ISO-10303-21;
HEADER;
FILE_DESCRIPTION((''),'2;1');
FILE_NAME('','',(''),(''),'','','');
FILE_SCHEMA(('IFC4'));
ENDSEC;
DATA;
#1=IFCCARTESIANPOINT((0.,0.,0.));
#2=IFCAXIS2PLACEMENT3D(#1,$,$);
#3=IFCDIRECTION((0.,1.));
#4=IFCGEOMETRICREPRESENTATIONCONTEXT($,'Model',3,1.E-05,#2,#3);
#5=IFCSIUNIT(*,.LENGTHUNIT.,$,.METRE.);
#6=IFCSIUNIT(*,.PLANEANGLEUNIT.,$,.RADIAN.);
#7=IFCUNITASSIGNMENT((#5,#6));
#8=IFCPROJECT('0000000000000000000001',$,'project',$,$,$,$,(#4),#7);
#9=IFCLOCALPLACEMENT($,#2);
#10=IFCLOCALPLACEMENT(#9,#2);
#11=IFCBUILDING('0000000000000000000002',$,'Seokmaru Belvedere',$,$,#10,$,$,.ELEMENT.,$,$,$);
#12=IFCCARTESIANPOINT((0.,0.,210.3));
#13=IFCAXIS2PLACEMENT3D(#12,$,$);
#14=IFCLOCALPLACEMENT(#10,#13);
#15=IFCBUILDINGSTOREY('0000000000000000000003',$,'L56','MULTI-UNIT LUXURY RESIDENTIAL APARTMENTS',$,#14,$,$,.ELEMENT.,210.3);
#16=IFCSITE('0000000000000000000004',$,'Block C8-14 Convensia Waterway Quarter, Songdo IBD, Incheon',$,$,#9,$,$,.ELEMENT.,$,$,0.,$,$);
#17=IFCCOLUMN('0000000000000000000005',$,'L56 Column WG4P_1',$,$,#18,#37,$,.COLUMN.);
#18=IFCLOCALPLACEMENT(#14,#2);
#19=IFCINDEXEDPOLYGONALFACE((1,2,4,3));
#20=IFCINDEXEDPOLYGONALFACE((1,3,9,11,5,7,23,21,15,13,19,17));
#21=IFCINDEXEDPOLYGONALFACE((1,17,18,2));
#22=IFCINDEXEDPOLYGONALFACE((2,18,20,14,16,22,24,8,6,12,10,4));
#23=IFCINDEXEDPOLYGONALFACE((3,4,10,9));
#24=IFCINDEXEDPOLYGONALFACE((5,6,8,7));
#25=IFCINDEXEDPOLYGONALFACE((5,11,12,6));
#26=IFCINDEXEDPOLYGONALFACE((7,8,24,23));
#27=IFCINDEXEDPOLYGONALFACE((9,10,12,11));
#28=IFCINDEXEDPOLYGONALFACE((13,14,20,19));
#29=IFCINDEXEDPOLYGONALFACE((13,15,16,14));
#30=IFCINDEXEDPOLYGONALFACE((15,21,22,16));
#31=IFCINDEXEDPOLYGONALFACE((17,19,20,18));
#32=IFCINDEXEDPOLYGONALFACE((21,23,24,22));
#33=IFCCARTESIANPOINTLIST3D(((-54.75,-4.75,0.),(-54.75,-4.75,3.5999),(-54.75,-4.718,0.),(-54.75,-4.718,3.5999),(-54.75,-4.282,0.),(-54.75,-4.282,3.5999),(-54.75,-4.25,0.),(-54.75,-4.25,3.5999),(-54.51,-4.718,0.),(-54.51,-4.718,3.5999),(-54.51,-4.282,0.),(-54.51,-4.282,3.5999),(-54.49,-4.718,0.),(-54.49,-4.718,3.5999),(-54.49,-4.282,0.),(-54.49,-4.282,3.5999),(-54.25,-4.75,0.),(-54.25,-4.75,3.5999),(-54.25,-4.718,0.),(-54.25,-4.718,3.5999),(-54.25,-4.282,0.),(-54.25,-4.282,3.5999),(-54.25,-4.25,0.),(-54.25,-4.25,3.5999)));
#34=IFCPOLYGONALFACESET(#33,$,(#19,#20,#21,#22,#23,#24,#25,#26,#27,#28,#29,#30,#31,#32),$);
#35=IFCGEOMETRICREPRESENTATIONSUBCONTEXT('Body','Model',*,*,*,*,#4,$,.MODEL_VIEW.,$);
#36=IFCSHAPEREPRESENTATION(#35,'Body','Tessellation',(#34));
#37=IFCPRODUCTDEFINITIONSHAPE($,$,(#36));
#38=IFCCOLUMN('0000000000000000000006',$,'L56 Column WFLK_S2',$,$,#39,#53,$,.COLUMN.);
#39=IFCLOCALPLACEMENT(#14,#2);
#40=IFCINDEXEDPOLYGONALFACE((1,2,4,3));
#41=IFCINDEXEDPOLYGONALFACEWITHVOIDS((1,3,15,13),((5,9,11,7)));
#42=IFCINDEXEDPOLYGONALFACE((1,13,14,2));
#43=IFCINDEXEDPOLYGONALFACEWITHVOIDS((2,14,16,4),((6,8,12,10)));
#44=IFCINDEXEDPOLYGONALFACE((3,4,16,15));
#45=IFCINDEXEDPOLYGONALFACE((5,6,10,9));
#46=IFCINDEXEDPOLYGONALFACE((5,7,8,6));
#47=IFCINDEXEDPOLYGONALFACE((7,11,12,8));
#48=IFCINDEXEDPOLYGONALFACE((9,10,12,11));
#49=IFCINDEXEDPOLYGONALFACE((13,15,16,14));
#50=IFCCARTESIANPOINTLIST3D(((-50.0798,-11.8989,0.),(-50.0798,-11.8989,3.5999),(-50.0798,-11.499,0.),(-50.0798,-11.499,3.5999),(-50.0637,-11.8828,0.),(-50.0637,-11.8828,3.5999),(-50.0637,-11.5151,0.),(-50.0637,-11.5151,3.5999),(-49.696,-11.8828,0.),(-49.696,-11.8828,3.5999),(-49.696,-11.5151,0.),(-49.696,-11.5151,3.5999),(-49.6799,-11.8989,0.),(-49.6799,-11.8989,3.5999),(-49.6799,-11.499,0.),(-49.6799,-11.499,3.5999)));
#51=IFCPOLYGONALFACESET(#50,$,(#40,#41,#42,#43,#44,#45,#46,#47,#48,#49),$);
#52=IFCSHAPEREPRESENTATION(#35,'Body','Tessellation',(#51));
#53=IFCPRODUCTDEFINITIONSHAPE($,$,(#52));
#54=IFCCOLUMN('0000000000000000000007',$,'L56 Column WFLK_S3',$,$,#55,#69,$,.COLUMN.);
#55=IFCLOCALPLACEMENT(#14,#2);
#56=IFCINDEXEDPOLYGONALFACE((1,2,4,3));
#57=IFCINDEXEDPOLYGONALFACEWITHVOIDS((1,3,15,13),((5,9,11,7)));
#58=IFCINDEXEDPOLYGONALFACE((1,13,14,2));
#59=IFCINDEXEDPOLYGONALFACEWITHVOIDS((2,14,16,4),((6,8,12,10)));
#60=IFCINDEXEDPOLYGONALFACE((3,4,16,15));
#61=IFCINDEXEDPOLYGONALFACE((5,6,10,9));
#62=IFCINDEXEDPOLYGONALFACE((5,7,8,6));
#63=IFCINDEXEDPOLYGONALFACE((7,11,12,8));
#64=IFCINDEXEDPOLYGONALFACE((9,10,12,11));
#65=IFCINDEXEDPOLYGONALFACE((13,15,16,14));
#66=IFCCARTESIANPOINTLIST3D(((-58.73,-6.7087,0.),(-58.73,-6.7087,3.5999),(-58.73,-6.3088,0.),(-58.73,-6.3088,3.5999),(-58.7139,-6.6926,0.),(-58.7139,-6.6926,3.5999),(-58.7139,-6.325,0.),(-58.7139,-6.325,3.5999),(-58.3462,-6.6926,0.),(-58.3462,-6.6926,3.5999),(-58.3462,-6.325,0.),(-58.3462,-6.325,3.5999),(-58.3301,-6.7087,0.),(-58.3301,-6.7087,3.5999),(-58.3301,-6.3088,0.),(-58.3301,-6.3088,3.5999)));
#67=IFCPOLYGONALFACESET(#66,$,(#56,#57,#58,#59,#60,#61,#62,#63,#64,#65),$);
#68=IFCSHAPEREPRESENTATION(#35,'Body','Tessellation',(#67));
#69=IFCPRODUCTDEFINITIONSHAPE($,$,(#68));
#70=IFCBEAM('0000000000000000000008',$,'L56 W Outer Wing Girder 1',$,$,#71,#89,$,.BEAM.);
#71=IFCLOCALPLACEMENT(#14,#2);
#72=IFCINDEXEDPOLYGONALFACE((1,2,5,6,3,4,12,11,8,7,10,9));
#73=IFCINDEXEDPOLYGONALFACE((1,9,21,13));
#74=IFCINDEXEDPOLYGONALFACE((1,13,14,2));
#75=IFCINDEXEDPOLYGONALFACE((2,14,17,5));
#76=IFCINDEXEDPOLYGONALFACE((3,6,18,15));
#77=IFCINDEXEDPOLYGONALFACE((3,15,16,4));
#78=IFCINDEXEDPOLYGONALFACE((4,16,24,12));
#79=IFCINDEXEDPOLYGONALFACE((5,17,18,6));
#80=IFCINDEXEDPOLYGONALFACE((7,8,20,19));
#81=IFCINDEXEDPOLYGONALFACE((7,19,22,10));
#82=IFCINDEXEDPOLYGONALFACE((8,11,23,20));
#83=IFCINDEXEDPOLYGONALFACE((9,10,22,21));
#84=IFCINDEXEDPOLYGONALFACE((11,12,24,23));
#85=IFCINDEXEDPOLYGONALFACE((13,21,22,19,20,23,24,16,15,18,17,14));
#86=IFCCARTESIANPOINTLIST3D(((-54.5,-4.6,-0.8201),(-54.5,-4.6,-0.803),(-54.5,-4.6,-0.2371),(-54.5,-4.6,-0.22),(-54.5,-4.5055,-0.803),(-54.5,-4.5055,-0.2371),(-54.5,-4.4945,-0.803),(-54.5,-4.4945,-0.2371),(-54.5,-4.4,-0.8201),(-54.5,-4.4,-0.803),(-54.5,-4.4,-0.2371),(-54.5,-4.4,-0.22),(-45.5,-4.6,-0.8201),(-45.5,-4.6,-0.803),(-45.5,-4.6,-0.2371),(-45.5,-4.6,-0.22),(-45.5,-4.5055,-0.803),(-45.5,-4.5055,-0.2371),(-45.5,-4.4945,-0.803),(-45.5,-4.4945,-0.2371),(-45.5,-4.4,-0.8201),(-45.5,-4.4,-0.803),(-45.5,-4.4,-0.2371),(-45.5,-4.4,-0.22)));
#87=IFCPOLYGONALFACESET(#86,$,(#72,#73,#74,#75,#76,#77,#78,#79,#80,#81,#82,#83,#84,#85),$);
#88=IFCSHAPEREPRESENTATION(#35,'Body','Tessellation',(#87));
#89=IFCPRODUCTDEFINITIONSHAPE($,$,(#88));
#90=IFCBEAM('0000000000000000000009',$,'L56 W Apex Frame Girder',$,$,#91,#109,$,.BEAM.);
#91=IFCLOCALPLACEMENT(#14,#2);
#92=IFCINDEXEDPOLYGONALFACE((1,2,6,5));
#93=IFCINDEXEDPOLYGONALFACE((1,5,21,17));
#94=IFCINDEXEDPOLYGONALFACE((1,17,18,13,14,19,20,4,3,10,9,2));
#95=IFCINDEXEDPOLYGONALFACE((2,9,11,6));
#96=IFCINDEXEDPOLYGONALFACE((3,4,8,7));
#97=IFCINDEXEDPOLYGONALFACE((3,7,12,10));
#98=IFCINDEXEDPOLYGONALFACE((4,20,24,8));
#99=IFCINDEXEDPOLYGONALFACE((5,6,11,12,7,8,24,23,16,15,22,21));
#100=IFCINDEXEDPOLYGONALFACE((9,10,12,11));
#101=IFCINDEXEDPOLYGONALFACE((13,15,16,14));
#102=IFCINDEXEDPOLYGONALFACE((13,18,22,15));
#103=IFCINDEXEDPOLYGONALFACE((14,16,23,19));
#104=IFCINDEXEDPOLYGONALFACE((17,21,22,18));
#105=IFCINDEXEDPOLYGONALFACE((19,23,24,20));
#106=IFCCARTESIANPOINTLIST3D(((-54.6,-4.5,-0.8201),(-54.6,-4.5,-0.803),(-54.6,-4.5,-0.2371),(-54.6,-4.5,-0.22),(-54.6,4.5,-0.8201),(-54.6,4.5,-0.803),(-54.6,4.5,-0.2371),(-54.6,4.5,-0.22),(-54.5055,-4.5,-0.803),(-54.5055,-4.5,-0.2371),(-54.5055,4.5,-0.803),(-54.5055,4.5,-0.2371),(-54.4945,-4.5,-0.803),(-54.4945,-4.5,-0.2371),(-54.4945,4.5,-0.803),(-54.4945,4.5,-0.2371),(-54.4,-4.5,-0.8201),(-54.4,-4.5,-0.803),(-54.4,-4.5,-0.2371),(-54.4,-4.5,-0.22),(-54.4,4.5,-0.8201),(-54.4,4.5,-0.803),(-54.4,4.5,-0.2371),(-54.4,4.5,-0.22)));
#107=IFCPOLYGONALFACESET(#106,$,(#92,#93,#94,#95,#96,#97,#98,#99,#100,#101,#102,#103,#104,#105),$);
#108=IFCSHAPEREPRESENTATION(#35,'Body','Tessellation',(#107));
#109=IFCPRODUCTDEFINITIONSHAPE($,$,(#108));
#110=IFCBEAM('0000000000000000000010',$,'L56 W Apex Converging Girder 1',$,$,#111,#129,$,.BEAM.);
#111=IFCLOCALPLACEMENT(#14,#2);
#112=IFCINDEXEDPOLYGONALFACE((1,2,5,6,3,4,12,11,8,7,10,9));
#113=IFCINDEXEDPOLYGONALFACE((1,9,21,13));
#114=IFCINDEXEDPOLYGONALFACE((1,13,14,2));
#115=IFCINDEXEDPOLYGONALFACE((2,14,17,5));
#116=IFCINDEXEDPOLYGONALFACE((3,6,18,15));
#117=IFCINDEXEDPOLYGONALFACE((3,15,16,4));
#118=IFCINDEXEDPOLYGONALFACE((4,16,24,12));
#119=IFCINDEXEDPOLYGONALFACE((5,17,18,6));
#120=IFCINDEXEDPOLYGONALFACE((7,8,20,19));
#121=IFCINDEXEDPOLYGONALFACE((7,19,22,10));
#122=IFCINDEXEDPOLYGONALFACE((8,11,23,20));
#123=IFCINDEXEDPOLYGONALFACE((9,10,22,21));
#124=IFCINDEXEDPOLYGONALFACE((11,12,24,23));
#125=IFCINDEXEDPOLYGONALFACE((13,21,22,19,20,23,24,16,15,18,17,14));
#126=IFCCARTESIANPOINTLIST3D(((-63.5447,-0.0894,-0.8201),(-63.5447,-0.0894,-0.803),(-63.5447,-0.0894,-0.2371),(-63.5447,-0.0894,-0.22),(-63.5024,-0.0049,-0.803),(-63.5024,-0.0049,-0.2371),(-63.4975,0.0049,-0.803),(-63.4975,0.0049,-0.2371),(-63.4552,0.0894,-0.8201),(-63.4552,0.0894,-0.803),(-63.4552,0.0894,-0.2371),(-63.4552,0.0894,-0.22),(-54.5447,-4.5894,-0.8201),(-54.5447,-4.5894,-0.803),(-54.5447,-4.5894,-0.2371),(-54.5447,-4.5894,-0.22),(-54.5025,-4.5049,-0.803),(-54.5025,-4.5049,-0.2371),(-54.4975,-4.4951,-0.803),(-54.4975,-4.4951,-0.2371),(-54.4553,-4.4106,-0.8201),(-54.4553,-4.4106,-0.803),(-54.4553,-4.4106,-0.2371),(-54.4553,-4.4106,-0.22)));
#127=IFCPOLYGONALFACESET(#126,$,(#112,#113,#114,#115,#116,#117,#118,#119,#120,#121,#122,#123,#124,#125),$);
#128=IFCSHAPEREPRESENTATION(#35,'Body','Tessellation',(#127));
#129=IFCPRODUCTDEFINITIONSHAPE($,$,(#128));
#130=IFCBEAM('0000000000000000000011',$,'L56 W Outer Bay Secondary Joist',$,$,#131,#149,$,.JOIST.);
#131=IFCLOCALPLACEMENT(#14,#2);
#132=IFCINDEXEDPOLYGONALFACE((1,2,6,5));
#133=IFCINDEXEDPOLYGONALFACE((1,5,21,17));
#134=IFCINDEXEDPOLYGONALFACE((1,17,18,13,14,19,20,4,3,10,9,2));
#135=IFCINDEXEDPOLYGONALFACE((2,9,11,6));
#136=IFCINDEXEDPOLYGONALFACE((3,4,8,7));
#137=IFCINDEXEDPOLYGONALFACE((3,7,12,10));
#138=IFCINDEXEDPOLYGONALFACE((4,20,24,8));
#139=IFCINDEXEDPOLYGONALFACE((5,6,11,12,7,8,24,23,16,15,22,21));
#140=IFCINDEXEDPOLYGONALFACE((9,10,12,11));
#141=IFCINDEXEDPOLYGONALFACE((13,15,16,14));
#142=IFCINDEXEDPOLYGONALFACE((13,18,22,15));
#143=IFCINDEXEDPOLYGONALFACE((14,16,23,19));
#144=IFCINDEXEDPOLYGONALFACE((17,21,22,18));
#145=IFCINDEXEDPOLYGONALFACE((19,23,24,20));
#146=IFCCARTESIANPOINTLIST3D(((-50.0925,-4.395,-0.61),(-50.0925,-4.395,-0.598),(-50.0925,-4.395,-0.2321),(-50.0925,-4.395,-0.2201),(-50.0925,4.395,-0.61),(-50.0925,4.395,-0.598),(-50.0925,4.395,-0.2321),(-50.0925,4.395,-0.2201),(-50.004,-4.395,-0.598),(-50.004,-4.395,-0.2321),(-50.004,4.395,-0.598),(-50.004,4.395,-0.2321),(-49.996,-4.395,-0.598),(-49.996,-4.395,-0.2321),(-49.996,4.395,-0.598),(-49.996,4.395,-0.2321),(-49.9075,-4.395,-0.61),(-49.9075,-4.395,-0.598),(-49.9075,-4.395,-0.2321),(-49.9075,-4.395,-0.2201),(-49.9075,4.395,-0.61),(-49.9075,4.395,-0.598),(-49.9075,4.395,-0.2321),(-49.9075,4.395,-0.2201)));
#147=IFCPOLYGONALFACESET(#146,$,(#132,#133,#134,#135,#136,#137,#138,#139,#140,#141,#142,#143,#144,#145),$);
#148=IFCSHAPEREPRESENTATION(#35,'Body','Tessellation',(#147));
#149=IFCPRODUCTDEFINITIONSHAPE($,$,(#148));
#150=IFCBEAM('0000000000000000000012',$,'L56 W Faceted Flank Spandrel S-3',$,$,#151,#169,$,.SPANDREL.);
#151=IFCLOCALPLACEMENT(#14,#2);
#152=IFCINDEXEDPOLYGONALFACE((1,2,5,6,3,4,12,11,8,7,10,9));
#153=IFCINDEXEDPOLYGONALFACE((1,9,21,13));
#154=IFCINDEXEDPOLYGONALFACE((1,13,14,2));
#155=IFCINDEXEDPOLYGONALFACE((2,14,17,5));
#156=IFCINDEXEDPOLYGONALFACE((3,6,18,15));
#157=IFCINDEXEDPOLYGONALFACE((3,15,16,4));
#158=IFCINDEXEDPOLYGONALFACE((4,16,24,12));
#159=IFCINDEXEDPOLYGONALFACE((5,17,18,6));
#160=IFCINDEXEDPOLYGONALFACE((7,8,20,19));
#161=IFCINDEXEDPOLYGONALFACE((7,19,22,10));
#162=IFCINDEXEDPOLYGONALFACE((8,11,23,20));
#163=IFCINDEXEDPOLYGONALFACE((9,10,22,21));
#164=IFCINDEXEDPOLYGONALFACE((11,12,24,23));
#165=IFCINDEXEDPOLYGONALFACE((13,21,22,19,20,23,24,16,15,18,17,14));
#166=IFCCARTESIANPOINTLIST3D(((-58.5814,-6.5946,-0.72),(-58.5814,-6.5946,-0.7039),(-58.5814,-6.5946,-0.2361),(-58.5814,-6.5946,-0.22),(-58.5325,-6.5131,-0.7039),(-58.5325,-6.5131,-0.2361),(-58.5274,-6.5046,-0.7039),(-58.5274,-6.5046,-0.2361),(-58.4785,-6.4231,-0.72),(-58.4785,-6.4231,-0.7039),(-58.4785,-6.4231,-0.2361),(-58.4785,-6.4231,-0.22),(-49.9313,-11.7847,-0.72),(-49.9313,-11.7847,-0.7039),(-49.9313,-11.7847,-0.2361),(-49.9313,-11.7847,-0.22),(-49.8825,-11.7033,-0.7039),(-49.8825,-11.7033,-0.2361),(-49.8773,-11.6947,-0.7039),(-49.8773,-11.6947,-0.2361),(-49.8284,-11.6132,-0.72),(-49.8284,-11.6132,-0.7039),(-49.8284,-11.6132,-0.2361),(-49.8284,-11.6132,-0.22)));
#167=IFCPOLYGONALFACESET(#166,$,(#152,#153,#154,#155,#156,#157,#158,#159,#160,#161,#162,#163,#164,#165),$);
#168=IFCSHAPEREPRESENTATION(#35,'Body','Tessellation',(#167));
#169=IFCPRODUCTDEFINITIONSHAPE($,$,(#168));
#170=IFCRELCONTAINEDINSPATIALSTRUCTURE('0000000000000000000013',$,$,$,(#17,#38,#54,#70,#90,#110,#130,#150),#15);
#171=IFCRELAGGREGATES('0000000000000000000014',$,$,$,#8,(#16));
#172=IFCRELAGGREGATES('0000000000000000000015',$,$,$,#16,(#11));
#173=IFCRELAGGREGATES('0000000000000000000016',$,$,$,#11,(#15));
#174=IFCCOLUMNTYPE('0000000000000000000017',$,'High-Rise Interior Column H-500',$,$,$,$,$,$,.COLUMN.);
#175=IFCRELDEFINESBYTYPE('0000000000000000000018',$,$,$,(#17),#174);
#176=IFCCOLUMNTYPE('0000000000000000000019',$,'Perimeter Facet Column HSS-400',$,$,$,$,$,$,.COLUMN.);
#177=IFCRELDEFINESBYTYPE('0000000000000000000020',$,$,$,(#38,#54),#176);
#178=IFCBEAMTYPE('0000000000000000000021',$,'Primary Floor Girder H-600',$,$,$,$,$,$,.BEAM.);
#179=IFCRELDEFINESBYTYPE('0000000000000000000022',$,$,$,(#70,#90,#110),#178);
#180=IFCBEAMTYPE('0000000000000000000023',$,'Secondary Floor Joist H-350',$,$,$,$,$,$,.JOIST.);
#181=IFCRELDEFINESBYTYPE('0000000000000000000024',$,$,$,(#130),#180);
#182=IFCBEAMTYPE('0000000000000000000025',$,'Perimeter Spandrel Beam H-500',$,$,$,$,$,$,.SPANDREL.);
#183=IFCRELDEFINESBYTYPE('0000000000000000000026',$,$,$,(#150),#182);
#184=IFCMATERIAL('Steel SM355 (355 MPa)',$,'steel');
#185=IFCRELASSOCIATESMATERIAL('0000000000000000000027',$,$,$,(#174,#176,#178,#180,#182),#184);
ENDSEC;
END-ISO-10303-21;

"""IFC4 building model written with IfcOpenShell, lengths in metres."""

from ifc_helpers import new_model, si_unit, direction, frame, origin, origin_2d, place, context, subcontext, project, spatial, hollow_rectangle, i_section, extrude, source, transform, mapped, material, material_profile, profile_set, type_object, type_shapes, element, save


model = new_model("IFC4")

# Units and contexts
model_context = context("Model", 3, precision=1e-05, world=origin(), true_north=direction((0.0, 1.0)))
body_context = subcontext(model_context, "Body", "Model", "MODEL_VIEW")
ifc_project = project(units=[si_unit("LENGTHUNIT", "METRE"), si_unit("PLANEANGLEUNIT", "RADIAN")], contexts=[model_context])

# Site, building, storey
site_placement = place(None, origin())
site = spatial("IfcSite", under=ifc_project, at=site_placement, Name="Block C8-14 Convensia Waterway Quarter, Songdo IBD, Incheon", CompositionType="ELEMENT", RefElevation=0.0)
building_placement = place(site_placement, origin())
building = spatial("IfcBuilding", under=site, at=building_placement, Name="Seokmaru Belvedere", CompositionType="ELEMENT")
storey_placement = place(building_placement, frame((0.0, 0.0, 210.3)))
storey = spatial("IfcBuildingStorey", under=building, at=storey_placement, Name="L56", Description="MULTI-UNIT LUXURY RESIDENTIAL APARTMENTS", CompositionType="ELEMENT", Elevation=210.3)

# Columns
ifc_material_1 = material(Name="Steel SM355 (355 MPa)", Category="steel")
ifc_material_profile_1 = material_profile(ifc_material_1, i_section(OverallWidth=0.5, OverallDepth=0.5, WebThickness=0.02, FlangeThickness=0.032, at=origin_2d()), Name="H-500x500x20x32")
ifc_profile_set_1 = profile_set([ifc_material_profile_1], Name="Steel SM355 (355 MPa)")
column_type_1 = type_object("IfcColumnType", Name="High-Rise Interior Column H-500", PredefinedType="COLUMN", material=ifc_profile_set_1)
shared_shape_1 = source(origin(), body_context, "Body", "SweptSolid", [
    extrude(i_section(OverallWidth=0.5, OverallDepth=0.5, WebThickness=0.02, FlangeThickness=0.032, at=origin_2d()), origin(), (0.0, 0.0, 1.0), 3.5999),
])
type_shapes(column_type_1, [shared_shape_1])
column_placement = place(storey_placement, frame((-54.5, -4.5, 0.0), z_axis=(0.0, 0.0, 1.0), x_axis=(1.0, 0.0, 0.0)))
element("IfcColumn", 1, at=column_placement, inside=storey, type_object=column_type_1, Name="L56 Column WG4P_1", PredefinedType="COLUMN", context=body_context, shape_type="MappedRepresentation", body=[
    mapped(shared_shape_1, transform((0.0, 0.0, 0.0), scale=1.0)),
])
ifc_material_profile_2 = material_profile(ifc_material_1, hollow_rectangle(XDim=0.3999, YDim=0.3999, WallThickness=0.0161, at=origin_2d()), Name="HSS-400x400x16")
ifc_profile_set_2 = profile_set([ifc_material_profile_2], Name="Steel SM355 (355 MPa)")
column_type_2 = type_object("IfcColumnType", Name="Perimeter Facet Column HSS-400", PredefinedType="COLUMN", material=ifc_profile_set_2)
shared_shape_2 = source(origin(), body_context, "Body", "SweptSolid", [
    extrude(hollow_rectangle(XDim=0.3999, YDim=0.3999, WallThickness=0.0161, at=origin_2d()), origin(), (0.0, 0.0, 1.0), 3.5999),
])
type_shapes(column_type_2, [shared_shape_2])
for number, where, z_axis, x_axis, name in (
    (2, (-49.8799, -11.699, 0.0), (0.0, 0.0, 1.0), (1.0, 0.0, 0.0), "L56 Column WFLK_S2"),
    (3, (-58.53, -6.5088, 0.0), (0.0, 0.0, 1.0), (1.0, 0.0, 0.0), "L56 Column WFLK_S3"),
):
    element("IfcColumn", number, at=place(storey_placement, frame(where, z_axis=z_axis, x_axis=x_axis)), inside=storey, type_object=column_type_2, Name=name, PredefinedType="COLUMN", context=body_context, shape_type="MappedRepresentation", body=[
        mapped(shared_shape_2, transform((0.0, 0.0, 0.0), scale=1.0)),
    ])

# Beams
ifc_material_profile_3 = material_profile(ifc_material_1, i_section(OverallWidth=0.2, OverallDepth=0.6001, WebThickness=0.011, FlangeThickness=0.0171, at=origin_2d()), Name="H-600x200x11x17")
ifc_profile_set_3 = profile_set([ifc_material_profile_3], Name="Steel SM355 (355 MPa)")
beam_type_1 = type_object("IfcBeamType", Name="Primary Floor Girder H-600", PredefinedType="BEAM", material=ifc_profile_set_3)
shared_shape_3 = source(origin(), body_context, "Body", "SweptSolid", [
    extrude(i_section(OverallWidth=0.2, OverallDepth=0.6001, WebThickness=0.011, FlangeThickness=0.0171, at=origin_2d()), origin(), (0.0, 0.0, 1.0), 9.0),
])
for number, where, z_axis, x_axis, name in (
    (4, (-54.5, -4.5, -0.52), (1.0, 0.0, 0.0), (0.0, 1.0, 0.0), "L56 W Outer Wing Girder 1"),
    (5, (-54.5, -4.5, -0.52), (0.0, 1.0, 0.0), (-1.0, 0.0, 0.0), "L56 W Apex Frame Girder"),
):
    element("IfcBeam", number, at=place(storey_placement, frame(where, z_axis=z_axis, x_axis=x_axis)), inside=storey, type_object=beam_type_1, Name=name, PredefinedType="BEAM", context=body_context, shape_type="MappedRepresentation", body=[
        mapped(shared_shape_3, transform((0.0, 0.0, 0.0), scale=1.0)),
    ])
shared_shape_4 = source(origin(), body_context, "Body", "SweptSolid", [
    extrude(i_section(OverallWidth=0.2, OverallDepth=0.6001, WebThickness=0.011, FlangeThickness=0.0171, at=origin_2d()), origin(), (0.0, 0.0, 1.0), 10.0623),
])
beam_1_placement = place(storey_placement, frame((-54.5, -4.5, -0.52), z_axis=(-0.894427, 0.447214, 0.0), x_axis=(-0.447214, -0.894427, 0.0)))
element("IfcBeam", 6, at=beam_1_placement, inside=storey, type_object=beam_type_1, Name="L56 W Apex Converging Girder 1", PredefinedType="BEAM", context=body_context, shape_type="MappedRepresentation", body=[
    mapped(shared_shape_4, transform((0.0, 0.0, 0.0), scale=1.0)),
])
ifc_material_profile_4 = material_profile(ifc_material_1, i_section(OverallWidth=0.1851, OverallDepth=0.3899, WebThickness=0.0081, FlangeThickness=0.012, at=origin_2d()), Name="H-390x185x8x12")
ifc_profile_set_4 = profile_set([ifc_material_profile_4], Name="Steel SM355 (355 MPa)")
beam_type_2 = type_object("IfcBeamType", Name="Secondary Floor Joist H-350", PredefinedType="JOIST", material=ifc_profile_set_4)
shared_shape_5 = source(origin(), body_context, "Body", "SweptSolid", [
    extrude(i_section(OverallWidth=0.1851, OverallDepth=0.3899, WebThickness=0.0081, FlangeThickness=0.012, at=origin_2d()), origin(), (0.0, 0.0, 1.0), 8.79),
])
type_shapes(beam_type_2, [shared_shape_5])
beam_2_placement = place(storey_placement, frame((-50.0, -4.395, -0.415), z_axis=(0.0, 1.0, 0.0), x_axis=(-1.0, 0.0, 0.0)))
element("IfcBeam", 7, at=beam_2_placement, inside=storey, type_object=beam_type_2, Name="L56 W Outer Bay Secondary Joist", PredefinedType="JOIST", context=body_context, shape_type="MappedRepresentation", body=[
    mapped(shared_shape_5, transform((0.0, 0.0, 0.0), scale=1.0)),
])
ifc_material_profile_5 = material_profile(ifc_material_1, i_section(OverallWidth=0.2, OverallDepth=0.5, WebThickness=0.01, FlangeThickness=0.0161, at=origin_2d()), Name="H-500x200x10x16")
ifc_profile_set_5 = profile_set([ifc_material_profile_5], Name="Steel SM355 (355 MPa)")
beam_type_3 = type_object("IfcBeamType", Name="Perimeter Spandrel Beam H-500", PredefinedType="SPANDREL", material=ifc_profile_set_5)
shared_shape_6 = source(origin(), body_context, "Body", "SweptSolid", [
    extrude(i_section(OverallWidth=0.2, OverallDepth=0.5, WebThickness=0.01, FlangeThickness=0.0161, at=origin_2d()), origin(), (0.0, 0.0, 1.0), 10.0876),
])
beam_3_placement = place(storey_placement, frame((-49.8799, -11.699, -0.47), z_axis=(-0.857489, 0.514503, 0.0), x_axis=(-0.514503, -0.857489, 0.0)))
element("IfcBeam", 8, at=beam_3_placement, inside=storey, type_object=beam_type_3, Name="L56 W Faceted Flank Spandrel S-3", PredefinedType="SPANDREL", context=body_context, shape_type="MappedRepresentation", body=[
    mapped(shared_shape_6, transform((0.0, 0.0, 0.0), scale=1.0)),
])

save(model, "model.ifc")
